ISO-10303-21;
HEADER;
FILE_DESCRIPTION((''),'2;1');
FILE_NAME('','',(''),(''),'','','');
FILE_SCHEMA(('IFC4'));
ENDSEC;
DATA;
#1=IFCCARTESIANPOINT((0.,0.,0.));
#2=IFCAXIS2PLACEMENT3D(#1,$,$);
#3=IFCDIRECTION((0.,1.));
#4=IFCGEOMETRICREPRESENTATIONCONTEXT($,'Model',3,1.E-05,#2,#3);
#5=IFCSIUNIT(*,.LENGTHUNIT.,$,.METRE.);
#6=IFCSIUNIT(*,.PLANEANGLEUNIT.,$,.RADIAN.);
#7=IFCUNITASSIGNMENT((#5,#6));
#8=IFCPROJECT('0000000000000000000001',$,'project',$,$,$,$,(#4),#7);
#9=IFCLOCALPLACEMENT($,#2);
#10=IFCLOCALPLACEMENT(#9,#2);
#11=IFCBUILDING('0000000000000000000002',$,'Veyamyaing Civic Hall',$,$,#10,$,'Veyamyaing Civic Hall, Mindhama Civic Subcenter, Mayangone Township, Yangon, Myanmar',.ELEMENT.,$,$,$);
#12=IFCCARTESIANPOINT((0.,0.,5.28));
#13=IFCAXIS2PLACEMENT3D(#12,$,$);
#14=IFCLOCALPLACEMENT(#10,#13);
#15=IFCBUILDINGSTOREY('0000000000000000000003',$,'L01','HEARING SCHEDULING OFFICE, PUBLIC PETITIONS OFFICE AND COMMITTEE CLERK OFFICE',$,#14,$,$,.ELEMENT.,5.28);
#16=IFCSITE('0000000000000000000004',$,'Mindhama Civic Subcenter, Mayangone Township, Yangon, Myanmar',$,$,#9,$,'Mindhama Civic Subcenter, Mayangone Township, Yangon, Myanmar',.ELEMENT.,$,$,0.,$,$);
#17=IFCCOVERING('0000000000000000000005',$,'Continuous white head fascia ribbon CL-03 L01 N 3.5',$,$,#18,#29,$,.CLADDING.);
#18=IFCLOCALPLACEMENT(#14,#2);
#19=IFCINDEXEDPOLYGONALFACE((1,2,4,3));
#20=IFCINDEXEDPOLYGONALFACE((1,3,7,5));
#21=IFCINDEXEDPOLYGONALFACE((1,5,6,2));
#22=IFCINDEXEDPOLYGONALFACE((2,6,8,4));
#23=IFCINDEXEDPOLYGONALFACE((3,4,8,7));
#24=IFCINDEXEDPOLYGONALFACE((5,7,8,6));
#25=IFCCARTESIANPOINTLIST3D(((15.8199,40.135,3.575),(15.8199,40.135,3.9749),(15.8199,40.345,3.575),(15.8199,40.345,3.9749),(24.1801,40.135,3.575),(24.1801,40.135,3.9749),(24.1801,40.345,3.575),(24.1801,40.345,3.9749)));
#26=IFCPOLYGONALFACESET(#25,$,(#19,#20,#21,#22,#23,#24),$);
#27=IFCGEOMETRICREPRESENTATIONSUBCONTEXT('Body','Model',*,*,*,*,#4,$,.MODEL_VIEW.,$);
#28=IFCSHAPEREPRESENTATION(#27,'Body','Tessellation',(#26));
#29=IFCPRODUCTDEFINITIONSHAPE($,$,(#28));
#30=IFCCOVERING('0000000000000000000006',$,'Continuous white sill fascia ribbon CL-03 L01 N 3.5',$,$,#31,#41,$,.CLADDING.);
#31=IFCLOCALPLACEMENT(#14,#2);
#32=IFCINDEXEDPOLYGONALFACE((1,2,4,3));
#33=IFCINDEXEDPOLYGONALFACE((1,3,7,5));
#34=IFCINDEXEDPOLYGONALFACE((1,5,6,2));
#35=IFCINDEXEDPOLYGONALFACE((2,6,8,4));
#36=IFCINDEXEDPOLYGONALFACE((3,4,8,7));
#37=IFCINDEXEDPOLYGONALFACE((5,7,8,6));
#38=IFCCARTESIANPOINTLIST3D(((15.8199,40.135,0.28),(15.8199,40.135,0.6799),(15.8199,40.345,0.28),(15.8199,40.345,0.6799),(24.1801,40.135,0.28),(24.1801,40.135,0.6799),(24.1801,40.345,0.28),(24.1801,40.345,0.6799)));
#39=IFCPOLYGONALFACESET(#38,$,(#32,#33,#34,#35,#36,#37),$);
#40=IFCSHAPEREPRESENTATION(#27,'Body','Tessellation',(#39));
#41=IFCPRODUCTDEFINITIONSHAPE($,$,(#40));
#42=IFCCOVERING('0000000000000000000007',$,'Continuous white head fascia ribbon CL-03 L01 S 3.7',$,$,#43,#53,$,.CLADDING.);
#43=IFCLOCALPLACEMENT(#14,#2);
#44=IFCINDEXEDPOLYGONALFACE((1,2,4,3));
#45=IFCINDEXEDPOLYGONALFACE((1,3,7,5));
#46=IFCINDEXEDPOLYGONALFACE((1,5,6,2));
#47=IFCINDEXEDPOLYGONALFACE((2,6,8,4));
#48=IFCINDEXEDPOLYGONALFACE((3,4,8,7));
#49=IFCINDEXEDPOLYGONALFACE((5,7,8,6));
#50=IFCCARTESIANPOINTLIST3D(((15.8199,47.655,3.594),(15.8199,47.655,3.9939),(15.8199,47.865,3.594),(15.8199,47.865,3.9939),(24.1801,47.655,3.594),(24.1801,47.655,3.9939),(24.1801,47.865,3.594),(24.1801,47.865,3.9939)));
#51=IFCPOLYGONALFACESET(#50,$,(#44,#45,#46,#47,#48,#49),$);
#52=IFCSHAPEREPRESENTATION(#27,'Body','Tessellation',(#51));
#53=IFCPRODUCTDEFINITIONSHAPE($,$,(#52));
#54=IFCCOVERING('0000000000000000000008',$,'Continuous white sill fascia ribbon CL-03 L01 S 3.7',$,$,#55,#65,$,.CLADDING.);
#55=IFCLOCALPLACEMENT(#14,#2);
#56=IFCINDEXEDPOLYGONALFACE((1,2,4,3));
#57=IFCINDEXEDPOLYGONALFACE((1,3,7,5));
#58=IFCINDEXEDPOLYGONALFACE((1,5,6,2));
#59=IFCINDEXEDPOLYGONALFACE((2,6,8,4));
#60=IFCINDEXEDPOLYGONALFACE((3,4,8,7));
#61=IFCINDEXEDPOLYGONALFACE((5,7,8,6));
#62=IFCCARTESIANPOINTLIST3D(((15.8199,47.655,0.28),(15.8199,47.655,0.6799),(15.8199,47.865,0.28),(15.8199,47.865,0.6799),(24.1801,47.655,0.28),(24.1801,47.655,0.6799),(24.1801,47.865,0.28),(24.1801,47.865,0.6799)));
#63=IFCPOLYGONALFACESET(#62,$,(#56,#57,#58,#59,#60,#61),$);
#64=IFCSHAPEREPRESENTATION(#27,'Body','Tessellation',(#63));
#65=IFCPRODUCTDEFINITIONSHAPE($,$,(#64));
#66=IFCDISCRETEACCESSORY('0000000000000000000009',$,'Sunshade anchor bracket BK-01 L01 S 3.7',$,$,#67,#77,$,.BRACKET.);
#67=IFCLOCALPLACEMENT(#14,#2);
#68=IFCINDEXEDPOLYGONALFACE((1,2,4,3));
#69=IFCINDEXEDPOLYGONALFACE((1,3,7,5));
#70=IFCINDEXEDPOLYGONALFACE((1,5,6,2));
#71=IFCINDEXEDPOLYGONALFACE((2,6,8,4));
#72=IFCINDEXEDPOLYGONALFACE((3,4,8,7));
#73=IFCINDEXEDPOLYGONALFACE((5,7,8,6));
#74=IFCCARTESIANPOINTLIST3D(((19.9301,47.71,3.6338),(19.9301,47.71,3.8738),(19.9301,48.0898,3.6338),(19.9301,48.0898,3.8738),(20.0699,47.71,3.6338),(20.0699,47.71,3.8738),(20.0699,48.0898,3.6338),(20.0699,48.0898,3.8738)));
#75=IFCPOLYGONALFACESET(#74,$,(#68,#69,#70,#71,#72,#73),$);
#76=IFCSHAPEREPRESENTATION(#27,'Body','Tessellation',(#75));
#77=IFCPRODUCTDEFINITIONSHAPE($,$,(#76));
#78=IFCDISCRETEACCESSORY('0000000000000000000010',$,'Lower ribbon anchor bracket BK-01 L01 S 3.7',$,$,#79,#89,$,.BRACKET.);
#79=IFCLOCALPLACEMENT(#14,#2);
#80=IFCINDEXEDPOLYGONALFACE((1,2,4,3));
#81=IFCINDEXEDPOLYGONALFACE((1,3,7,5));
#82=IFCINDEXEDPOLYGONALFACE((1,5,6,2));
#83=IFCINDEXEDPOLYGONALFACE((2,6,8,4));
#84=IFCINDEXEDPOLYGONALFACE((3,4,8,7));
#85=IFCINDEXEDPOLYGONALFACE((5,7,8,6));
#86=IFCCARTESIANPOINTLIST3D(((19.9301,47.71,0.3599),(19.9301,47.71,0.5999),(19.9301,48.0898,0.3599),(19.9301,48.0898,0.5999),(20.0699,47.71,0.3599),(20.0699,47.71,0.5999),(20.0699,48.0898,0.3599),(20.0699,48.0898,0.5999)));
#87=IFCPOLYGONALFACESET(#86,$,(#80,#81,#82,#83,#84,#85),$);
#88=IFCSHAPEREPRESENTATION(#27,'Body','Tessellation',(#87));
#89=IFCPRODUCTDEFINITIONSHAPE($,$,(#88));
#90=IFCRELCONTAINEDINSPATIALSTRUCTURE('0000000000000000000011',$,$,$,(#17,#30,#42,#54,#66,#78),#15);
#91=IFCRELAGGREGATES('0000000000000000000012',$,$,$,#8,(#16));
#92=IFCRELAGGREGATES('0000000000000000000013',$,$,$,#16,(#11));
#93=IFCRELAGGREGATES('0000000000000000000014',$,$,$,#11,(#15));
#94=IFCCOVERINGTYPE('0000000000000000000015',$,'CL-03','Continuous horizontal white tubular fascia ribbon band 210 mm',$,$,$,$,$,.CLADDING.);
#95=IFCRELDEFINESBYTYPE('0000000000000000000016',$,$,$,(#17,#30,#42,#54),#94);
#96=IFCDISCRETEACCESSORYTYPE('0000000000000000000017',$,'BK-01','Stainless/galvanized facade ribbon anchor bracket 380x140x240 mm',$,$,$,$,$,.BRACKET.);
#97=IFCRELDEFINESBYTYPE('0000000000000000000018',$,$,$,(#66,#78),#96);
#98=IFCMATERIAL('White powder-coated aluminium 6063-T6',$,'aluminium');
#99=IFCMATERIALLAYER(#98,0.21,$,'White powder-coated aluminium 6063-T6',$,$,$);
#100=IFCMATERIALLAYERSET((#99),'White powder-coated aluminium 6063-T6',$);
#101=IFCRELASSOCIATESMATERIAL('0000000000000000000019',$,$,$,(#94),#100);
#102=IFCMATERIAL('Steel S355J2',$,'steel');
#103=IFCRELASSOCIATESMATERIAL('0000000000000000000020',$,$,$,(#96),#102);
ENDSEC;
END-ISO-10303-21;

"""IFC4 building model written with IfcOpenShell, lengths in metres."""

from ifc_helpers import new_model, si_unit, direction, frame, origin, origin_2d, place, context, subcontext, project, spatial, rectangle, extrude, material, layer, layer_set, type_object, element, save


model = new_model("IFC4")

# Units and contexts
model_context = context("Model", 3, precision=1e-05, world=origin(), true_north=direction((0.0, 1.0)))
body_context = subcontext(model_context, "Body", "Model", "MODEL_VIEW")
ifc_project = project(units=[si_unit("LENGTHUNIT", "METRE"), si_unit("PLANEANGLEUNIT", "RADIAN")], contexts=[model_context])

# Site, building, storey
site_placement = place(None, origin())
site = spatial("IfcSite", under=ifc_project, at=site_placement, Name="Mindhama Civic Subcenter, Mayangone Township, Yangon, Myanmar", LongName="Mindhama Civic Subcenter, Mayangone Township, Yangon, Myanmar", CompositionType="ELEMENT", RefElevation=0.0)
building_placement = place(site_placement, origin())
building = spatial("IfcBuilding", under=site, at=building_placement, Name="Veyamyaing Civic Hall", LongName="Veyamyaing Civic Hall, Mindhama Civic Subcenter, Mayangone Township, Yangon, Myanmar", CompositionType="ELEMENT")
storey_placement = place(building_placement, frame((0.0, 0.0, 5.28)))
storey = spatial("IfcBuildingStorey", under=building, at=storey_placement, Name="L01", Description="HEARING SCHEDULING OFFICE, PUBLIC PETITIONS OFFICE AND COMMITTEE CLERK OFFICE", CompositionType="ELEMENT", Elevation=5.28)

# Coverings
ifc_material_1 = material(Name="White powder-coated aluminium 6063-T6", Category="aluminium")
ifc_layer_1 = layer(ifc_material_1, 0.21, Name="White powder-coated aluminium 6063-T6")
ifc_layer_set_1 = layer_set([ifc_layer_1], Name="White powder-coated aluminium 6063-T6")
covering_type_1 = type_object("IfcCoveringType", Name="CL-03", Description="Continuous horizontal white tubular fascia ribbon band 210 mm", PredefinedType="CLADDING", material=ifc_layer_set_1)
for number, where, z_axis, x_axis, name in (
    (1, (20.0, 40.24, 3.575), (0.0, 0.0, 1.0), (1.0, 0.0, 0.0), "Continuous white head fascia ribbon CL-03 L01 N 3.5"),
    (2, (20.0, 40.24, 0.28), (0.0, 0.0, 1.0), (1.0, 0.0, 0.0), "Continuous white sill fascia ribbon CL-03 L01 N 3.5"),
    (3, (20.0, 47.76, 3.594), (0.0, 0.0, 1.0), (1.0, 0.0, 0.0), "Continuous white head fascia ribbon CL-03 L01 S 3.7"),
    (4, (20.0, 47.76, 0.28), (0.0, 0.0, 1.0), (1.0, 0.0, 0.0), "Continuous white sill fascia ribbon CL-03 L01 S 3.7"),
):
    element("IfcCovering", number, at=place(storey_placement, frame(where, z_axis=z_axis, x_axis=x_axis)), inside=storey, type_object=covering_type_1, Name=name, PredefinedType="CLADDING", context=body_context, shape_type="SweptSolid", body=[
        extrude(rectangle(XDim=8.3601, YDim=0.21, at=origin_2d()), origin(), (0.0, 0.0, 1.0), 0.3999),
    ])

# Discrete accessories
ifc_material_2 = material(Name="Steel S355J2", Category="steel")
discrete_accessory_type = type_object("IfcDiscreteAccessoryType", Name="BK-01", Description="Stainless/galvanized facade ribbon anchor bracket 380x140x240 mm", PredefinedType="BRACKET", material=ifc_material_2)
for number, where, z_axis, x_axis, name in (
    (5, (20.0, 47.8999, 3.6338), (0.0, 0.0, 1.0), (0.0, -1.0, 0.0), "Sunshade anchor bracket BK-01 L01 S 3.7"),
    (6, (20.0, 47.8999, 0.3599), (0.0, 0.0, 1.0), (0.0, -1.0, 0.0), "Lower ribbon anchor bracket BK-01 L01 S 3.7"),
):
    element("IfcDiscreteAccessory", number, at=place(storey_placement, frame(where, z_axis=z_axis, x_axis=x_axis)), inside=storey, type_object=discrete_accessory_type, Name=name, PredefinedType="BRACKET", context=body_context, shape_type="SweptSolid", body=[
        extrude(rectangle(XDim=0.3799, YDim=0.1399, at=origin_2d()), origin(), (0.0, 0.0, 1.0), 0.24),
    ])

save(model, "model.ifc")
